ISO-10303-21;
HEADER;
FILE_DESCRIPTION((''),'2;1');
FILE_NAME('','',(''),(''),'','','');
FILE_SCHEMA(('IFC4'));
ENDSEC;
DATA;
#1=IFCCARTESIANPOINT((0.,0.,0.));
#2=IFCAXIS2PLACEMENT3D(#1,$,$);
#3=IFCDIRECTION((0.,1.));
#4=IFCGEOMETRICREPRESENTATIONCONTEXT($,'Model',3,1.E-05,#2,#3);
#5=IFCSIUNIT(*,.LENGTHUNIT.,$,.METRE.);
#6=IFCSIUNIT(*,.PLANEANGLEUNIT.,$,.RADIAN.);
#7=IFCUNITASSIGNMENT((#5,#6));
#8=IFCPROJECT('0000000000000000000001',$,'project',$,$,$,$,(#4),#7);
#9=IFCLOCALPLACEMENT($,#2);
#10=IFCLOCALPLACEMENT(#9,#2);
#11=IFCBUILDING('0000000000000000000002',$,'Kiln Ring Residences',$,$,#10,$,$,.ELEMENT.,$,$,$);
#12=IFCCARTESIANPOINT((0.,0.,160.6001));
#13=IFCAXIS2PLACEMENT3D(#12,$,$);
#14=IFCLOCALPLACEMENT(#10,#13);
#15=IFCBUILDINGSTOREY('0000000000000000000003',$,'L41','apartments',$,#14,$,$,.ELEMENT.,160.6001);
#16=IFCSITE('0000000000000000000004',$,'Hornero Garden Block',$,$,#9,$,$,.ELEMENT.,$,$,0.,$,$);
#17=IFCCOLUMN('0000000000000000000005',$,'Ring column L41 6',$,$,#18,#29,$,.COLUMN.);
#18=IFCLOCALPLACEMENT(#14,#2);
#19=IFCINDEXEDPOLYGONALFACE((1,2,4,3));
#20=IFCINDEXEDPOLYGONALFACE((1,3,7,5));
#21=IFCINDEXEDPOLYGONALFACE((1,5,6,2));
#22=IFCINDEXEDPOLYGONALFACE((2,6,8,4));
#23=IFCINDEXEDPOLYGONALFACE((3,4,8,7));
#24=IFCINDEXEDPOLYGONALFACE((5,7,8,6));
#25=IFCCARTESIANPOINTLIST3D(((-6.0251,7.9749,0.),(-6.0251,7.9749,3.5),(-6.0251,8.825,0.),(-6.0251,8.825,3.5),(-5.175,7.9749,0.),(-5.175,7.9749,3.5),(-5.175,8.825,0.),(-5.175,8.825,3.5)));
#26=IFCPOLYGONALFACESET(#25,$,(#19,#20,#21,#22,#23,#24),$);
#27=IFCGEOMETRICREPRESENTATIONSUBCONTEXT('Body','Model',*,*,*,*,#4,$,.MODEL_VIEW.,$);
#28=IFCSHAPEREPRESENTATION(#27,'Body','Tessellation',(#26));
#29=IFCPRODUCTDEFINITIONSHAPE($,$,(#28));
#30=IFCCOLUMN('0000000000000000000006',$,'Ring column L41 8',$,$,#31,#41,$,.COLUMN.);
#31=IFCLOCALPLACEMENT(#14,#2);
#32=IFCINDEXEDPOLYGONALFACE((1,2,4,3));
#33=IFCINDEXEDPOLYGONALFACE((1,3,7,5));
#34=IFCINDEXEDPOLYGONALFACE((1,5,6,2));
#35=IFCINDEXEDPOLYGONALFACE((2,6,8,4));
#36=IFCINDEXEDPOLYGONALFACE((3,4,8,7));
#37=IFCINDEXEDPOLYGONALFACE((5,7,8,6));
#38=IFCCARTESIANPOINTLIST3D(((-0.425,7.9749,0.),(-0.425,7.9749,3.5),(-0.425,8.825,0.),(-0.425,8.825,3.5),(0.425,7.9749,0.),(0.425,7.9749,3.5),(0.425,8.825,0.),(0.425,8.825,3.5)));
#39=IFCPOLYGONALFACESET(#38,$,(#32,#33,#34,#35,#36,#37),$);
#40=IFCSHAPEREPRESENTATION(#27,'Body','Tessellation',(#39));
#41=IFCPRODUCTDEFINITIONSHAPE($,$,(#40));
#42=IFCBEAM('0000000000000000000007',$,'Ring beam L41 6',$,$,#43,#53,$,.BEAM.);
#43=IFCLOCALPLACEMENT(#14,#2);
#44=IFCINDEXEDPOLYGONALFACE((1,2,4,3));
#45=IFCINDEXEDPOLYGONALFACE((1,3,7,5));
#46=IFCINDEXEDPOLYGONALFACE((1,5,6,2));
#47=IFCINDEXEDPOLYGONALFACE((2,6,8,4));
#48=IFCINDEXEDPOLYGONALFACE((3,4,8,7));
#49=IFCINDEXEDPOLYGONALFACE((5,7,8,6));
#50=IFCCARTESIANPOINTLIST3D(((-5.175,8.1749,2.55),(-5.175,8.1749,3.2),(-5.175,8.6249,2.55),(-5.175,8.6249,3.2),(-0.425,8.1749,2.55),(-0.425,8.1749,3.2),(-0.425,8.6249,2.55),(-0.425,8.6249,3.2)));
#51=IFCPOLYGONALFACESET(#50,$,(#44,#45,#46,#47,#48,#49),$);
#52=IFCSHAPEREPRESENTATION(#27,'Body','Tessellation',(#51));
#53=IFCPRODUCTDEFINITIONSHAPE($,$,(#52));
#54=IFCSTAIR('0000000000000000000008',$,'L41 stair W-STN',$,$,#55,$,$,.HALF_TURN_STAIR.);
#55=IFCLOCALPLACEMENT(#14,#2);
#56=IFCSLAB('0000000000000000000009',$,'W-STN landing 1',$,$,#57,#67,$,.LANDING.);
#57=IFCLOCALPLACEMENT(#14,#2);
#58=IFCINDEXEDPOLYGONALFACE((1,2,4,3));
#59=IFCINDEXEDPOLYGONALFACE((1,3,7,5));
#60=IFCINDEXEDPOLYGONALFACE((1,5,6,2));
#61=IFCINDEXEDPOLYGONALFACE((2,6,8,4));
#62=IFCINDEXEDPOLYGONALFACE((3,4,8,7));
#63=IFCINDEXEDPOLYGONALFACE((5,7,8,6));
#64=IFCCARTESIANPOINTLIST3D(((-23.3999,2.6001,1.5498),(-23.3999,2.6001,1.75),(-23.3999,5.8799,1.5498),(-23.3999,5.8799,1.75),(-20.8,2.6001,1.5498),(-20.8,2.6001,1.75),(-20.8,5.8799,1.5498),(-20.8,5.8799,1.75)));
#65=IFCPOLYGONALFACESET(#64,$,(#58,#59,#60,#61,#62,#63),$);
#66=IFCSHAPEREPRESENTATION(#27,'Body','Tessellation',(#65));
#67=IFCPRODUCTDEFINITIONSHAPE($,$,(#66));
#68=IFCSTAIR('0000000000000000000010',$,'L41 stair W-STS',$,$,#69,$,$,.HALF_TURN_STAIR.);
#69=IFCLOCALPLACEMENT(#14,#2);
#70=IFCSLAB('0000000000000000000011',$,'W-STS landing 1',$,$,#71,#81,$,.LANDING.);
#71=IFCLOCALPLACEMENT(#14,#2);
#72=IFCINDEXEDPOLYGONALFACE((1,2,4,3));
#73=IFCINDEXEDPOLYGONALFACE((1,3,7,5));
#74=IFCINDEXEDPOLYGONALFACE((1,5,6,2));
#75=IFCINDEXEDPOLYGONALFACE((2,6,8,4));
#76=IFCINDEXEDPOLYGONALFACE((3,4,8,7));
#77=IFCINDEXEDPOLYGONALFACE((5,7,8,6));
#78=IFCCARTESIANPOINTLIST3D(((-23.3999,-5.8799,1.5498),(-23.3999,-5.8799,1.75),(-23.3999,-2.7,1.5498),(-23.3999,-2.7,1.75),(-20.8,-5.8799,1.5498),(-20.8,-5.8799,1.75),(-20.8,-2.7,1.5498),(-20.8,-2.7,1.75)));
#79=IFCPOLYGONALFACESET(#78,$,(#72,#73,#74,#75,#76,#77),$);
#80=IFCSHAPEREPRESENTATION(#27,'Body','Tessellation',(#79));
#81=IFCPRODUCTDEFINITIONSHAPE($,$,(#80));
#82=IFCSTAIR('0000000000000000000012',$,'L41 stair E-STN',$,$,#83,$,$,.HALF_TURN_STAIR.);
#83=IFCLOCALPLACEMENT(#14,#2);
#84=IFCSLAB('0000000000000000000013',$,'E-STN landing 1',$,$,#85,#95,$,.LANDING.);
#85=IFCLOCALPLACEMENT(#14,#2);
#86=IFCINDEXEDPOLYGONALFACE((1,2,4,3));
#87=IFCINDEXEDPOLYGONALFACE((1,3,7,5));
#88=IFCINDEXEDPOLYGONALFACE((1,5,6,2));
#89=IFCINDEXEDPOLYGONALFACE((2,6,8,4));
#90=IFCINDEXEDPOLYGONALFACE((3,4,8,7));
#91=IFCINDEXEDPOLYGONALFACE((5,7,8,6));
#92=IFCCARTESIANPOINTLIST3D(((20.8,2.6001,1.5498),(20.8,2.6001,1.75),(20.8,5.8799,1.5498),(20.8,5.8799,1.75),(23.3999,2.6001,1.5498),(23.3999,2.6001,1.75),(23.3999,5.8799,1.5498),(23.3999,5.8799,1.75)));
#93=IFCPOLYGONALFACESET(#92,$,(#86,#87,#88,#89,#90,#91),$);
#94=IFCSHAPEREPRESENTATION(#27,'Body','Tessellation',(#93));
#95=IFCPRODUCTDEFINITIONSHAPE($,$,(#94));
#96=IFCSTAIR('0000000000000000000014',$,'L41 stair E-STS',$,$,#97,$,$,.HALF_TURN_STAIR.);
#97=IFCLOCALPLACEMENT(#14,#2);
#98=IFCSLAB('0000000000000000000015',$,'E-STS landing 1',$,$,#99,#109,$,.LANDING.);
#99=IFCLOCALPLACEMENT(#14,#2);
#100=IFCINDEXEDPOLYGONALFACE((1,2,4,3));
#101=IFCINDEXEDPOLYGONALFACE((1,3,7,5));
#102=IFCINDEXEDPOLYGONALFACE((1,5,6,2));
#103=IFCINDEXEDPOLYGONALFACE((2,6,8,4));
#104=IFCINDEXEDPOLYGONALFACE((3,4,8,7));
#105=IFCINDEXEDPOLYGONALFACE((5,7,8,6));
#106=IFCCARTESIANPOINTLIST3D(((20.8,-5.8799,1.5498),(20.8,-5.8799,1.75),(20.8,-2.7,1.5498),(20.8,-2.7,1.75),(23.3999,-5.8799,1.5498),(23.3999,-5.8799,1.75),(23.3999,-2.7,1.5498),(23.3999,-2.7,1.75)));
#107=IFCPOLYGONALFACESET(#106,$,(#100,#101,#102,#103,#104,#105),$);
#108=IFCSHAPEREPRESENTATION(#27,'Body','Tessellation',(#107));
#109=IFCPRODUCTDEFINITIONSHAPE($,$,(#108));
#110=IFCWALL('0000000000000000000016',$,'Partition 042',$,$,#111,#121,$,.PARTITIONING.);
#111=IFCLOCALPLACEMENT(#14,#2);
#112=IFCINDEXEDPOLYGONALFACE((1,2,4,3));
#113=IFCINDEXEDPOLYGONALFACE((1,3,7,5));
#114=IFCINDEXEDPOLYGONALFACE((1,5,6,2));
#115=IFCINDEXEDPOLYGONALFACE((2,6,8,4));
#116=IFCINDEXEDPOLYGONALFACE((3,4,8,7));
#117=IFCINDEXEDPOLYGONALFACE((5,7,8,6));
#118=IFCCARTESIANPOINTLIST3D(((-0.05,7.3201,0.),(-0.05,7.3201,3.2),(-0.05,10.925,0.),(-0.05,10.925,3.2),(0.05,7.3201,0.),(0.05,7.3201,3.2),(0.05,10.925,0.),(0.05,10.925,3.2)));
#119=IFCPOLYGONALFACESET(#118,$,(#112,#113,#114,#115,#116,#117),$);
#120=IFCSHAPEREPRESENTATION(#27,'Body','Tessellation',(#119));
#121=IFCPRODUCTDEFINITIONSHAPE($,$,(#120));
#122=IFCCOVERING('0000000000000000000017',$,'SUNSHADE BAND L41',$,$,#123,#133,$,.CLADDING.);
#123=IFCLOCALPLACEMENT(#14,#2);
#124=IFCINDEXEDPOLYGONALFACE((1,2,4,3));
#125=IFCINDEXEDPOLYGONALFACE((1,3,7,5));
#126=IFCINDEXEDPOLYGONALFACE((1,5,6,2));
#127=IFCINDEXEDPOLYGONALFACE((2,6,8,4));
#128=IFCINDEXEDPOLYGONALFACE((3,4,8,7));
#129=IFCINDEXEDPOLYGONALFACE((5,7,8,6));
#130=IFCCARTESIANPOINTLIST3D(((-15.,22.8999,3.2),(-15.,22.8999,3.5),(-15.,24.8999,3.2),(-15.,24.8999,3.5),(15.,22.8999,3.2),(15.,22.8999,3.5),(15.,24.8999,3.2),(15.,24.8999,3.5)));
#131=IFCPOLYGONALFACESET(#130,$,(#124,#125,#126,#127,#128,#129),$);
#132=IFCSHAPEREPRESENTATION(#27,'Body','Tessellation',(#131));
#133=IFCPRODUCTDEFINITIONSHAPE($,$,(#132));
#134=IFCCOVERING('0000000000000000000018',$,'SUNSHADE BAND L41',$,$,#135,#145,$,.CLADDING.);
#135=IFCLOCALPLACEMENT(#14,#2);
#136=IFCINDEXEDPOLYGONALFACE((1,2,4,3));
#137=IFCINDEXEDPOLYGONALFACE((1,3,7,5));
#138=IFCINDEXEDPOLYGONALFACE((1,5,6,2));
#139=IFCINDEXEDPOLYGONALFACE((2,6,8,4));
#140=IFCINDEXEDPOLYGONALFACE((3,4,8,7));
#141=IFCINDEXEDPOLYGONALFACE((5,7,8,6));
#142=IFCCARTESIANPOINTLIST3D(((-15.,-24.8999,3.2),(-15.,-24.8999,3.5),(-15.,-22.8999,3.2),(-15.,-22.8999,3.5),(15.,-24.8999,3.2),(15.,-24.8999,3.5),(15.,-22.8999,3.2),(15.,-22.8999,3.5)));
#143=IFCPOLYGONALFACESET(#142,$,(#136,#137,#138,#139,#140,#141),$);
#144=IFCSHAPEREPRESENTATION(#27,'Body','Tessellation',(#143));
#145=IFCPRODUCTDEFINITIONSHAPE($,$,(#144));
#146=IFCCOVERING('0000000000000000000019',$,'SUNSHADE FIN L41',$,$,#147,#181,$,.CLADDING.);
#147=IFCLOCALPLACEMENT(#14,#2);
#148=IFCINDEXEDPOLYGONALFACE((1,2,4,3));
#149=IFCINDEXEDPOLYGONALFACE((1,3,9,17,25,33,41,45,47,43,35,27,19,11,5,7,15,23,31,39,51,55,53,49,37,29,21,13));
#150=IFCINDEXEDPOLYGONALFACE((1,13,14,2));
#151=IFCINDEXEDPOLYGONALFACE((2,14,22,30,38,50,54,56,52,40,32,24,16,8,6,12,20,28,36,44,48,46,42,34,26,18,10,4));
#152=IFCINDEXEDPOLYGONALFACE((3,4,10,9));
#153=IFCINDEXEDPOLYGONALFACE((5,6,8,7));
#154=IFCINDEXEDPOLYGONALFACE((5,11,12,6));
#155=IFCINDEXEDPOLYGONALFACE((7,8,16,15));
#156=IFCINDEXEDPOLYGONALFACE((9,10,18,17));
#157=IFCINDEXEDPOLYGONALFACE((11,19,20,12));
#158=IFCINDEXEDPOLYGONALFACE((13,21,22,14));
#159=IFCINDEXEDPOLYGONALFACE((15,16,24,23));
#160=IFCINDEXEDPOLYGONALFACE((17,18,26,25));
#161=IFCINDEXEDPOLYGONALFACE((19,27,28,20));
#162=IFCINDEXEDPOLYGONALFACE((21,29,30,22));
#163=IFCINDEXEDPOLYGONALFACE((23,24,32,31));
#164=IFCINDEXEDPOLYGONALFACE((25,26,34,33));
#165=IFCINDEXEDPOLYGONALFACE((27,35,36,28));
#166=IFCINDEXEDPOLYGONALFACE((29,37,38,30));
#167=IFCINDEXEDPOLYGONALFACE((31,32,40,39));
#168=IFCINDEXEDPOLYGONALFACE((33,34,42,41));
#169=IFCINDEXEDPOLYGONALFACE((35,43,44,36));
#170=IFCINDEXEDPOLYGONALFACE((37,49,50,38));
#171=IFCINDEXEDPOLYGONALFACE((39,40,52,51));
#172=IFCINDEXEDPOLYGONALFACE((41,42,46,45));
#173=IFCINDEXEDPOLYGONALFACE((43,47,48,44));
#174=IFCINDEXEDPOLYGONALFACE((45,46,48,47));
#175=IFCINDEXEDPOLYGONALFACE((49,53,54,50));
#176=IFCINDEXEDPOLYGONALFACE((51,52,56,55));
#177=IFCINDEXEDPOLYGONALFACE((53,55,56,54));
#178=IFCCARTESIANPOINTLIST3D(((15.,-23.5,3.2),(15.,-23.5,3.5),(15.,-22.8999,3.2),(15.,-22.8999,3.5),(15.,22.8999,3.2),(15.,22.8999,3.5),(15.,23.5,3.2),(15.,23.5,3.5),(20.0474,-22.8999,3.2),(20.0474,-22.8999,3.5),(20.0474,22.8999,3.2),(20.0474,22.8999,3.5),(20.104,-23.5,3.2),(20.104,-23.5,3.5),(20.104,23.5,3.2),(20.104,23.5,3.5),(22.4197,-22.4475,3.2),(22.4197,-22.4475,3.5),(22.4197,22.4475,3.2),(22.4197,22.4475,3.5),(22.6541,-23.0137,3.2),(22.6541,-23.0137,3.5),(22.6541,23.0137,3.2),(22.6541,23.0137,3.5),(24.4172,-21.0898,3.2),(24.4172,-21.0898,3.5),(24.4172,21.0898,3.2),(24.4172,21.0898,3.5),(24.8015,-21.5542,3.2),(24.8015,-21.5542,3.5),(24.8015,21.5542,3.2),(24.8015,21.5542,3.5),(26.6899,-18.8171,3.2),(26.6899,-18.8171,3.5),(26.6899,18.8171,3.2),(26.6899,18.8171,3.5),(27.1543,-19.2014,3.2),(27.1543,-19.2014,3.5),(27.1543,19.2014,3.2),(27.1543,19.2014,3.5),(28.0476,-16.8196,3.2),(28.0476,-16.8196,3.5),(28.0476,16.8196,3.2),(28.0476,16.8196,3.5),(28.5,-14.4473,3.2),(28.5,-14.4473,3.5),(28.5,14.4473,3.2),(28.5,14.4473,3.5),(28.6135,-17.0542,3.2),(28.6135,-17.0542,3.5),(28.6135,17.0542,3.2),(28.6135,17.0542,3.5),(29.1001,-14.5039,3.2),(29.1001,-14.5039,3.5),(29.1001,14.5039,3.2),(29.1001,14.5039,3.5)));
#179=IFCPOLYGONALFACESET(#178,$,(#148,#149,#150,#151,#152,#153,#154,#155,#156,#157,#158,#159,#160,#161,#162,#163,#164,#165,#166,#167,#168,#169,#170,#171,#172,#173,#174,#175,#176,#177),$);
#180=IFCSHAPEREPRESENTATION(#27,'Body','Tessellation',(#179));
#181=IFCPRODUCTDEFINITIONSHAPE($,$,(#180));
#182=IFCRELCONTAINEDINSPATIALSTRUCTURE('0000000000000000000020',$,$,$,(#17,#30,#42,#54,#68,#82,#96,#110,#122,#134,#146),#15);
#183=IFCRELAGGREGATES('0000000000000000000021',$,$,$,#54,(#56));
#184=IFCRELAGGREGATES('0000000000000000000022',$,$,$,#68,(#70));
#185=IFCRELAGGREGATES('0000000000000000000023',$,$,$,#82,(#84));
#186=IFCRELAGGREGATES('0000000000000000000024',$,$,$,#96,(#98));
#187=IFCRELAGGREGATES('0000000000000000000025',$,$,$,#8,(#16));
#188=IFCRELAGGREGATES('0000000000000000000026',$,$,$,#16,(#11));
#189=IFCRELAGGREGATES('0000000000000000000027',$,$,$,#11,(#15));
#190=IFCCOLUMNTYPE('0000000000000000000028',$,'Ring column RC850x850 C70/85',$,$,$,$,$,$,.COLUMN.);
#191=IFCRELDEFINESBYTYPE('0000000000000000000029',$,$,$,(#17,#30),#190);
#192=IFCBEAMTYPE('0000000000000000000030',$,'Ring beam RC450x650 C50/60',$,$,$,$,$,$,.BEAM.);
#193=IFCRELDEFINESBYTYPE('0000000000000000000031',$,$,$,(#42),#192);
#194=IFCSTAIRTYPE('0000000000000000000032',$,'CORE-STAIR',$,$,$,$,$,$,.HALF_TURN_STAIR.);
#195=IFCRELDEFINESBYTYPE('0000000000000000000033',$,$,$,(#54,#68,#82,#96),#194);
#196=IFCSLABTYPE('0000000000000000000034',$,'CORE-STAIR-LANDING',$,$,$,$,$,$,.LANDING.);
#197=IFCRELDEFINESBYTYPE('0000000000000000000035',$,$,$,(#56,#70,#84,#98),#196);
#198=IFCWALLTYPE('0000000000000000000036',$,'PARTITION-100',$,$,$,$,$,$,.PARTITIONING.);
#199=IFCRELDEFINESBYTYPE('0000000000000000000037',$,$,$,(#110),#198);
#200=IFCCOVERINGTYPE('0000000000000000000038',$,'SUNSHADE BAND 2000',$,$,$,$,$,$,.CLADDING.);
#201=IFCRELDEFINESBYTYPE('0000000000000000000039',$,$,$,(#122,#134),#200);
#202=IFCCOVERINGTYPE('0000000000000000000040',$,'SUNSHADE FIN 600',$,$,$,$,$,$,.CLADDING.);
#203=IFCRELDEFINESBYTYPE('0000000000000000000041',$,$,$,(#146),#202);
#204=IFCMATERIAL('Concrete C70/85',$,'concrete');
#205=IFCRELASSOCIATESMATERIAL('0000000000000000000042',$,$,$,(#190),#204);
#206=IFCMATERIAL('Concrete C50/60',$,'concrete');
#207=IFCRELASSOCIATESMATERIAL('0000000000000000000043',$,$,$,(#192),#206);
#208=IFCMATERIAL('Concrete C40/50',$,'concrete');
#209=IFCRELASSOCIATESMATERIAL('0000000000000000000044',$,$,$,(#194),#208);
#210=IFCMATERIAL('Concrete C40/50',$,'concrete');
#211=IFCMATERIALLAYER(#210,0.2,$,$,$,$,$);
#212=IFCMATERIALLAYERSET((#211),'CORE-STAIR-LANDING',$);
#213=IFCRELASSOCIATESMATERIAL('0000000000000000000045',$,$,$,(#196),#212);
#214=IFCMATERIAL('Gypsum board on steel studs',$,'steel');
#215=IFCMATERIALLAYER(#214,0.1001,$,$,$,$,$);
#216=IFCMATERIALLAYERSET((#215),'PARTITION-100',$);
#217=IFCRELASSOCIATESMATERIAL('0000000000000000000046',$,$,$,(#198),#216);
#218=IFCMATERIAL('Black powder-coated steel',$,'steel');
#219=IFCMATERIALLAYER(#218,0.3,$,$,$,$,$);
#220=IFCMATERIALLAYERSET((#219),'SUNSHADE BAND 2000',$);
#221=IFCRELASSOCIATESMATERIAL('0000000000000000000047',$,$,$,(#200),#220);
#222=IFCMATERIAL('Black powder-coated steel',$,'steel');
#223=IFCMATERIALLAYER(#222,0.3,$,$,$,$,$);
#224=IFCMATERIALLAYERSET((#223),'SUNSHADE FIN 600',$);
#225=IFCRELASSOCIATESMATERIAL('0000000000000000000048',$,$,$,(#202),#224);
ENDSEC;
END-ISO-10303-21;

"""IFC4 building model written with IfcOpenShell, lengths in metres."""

from ifc_helpers import new_model, si_unit, direction, frame, frame_2d, origin, origin_2d, place, context, subcontext, project, spatial, polyline, rectangle, outline, extrude, material, layer, layer_set, material_profile, profile_set, type_object, element, aggregate, save


model = new_model("IFC4")

# Units and contexts
model_context = context("Model", 3, precision=1e-05, world=origin(), true_north=direction((0.0, 1.0)))
body_context = subcontext(model_context, "Body", "Model", "MODEL_VIEW")
ifc_project = project(units=[si_unit("LENGTHUNIT", "METRE"), si_unit("PLANEANGLEUNIT", "RADIAN")], contexts=[model_context])

# Site, building, storey
site_placement = place(None, origin())
site = spatial("IfcSite", under=ifc_project, at=site_placement, Name="Hornero Garden Block", CompositionType="ELEMENT", RefElevation=0.0)
building_placement = place(site_placement, origin())
building = spatial("IfcBuilding", under=site, at=building_placement, Name="Kiln Ring Residences", CompositionType="ELEMENT")
storey_placement = place(building_placement, frame((0.0, 0.0, 160.6001)))
storey = spatial("IfcBuildingStorey", under=building, at=storey_placement, Name="L41", Description="apartments", CompositionType="ELEMENT", Elevation=160.6001)

# Columns
ifc_material_1 = material(Name="Concrete C70/85", Category="concrete")
ifc_material_profile_1 = material_profile(ifc_material_1, rectangle(XDim=0.8501, YDim=0.8501, at=origin_2d()), Name="RC850x850")
ifc_profile_set_1 = profile_set([ifc_material_profile_1], Name="Concrete C70/85")
column_type = type_object("IfcColumnType", Name="Ring column RC850x850 C70/85", PredefinedType="COLUMN", material=ifc_profile_set_1)
for number, where, z_axis, x_axis, name in (
    (1, (-5.6001, 8.3999, 0.0), (0.0, 0.0, 1.0), (1.0, 0.0, 0.0), "Ring column L41 6"),
    (2, (0.0, 8.3999, 0.0), (0.0, 0.0, 1.0), (1.0, 0.0, 0.0), "Ring column L41 8"),
):
    element("IfcColumn", number, at=place(storey_placement, frame(where, z_axis=z_axis, x_axis=x_axis)), inside=storey, type_object=column_type, Name=name, PredefinedType="COLUMN", context=body_context, shape_type="SweptSolid", body=[
        extrude(rectangle(XDim=0.8501, YDim=0.8501, at=origin_2d()), origin(), (0.0, 0.0, 1.0), 3.5),
    ])

# Beam
ifc_material_2 = material(Name="Concrete C50/60", Category="concrete")
ifc_material_profile_2 = material_profile(ifc_material_2, rectangle(XDim=0.45, YDim=0.6499, at=origin_2d()), Name="RC450x650")
ifc_profile_set_2 = profile_set([ifc_material_profile_2], Name="Concrete C50/60")
beam_type = type_object("IfcBeamType", Name="Ring beam RC450x650 C50/60", PredefinedType="BEAM", material=ifc_profile_set_2)
beam_placement = place(storey_placement, frame((-5.175, 8.3999, 2.875), z_axis=(1.0, 0.0, 0.0), x_axis=(0.0, 1.0, 0.0)))
element("IfcBeam", 3, at=beam_placement, inside=storey, type_object=beam_type, Name="Ring beam L41 6", PredefinedType="BEAM", context=body_context, shape_type="SweptSolid", body=[
    extrude(rectangle(XDim=0.45, YDim=0.6499, at=origin_2d()), origin(), (0.0, 0.0, 1.0), 4.75),
])

# Stairs, slabs
ifc_material_3 = material(Name="Concrete C40/50", Category="concrete")
stair_type = type_object("IfcStairType", Name="CORE-STAIR", PredefinedType="HALF_TURN_STAIR", material=ifc_material_3)
placement_1 = place(storey_placement, origin())
stair_1 = element("IfcStair", 4, at=placement_1, inside=storey, type_object=stair_type, Name="L41 stair W-STN", PredefinedType="HALF_TURN_STAIR")
ifc_material_4 = material(Name="Concrete C40/50", Category="concrete")
ifc_layer_1 = layer(ifc_material_4, 0.2)
ifc_layer_set_1 = layer_set([ifc_layer_1], Name="CORE-STAIR-LANDING")
slab_type = type_object("IfcSlabType", Name="CORE-STAIR-LANDING", PredefinedType="LANDING", material=ifc_layer_set_1)
placement_2 = place(storey_placement, frame((0.0, 0.0, 1.5498)))
slab_1 = element("IfcSlab", 5, at=placement_2, type_object=slab_type, Name="W-STN landing 1", PredefinedType="LANDING", context=body_context, shape_type="SweptSolid", body=[
    extrude(outline(polyline([(-23.3999, 5.8799), (-23.3999, 2.6001), (-20.8, 2.6001), (-20.8, 5.8799), (-23.3999, 5.8799)])), origin(), (0.0, 0.0, 1.0), 0.2002),
])
aggregate(stair_1, [slab_1])
stair_2 = element("IfcStair", 6, at=placement_1, inside=storey, type_object=stair_type, Name="L41 stair W-STS", PredefinedType="HALF_TURN_STAIR")
slab_2 = element("IfcSlab", 7, at=placement_2, type_object=slab_type, Name="W-STS landing 1", PredefinedType="LANDING", context=body_context, shape_type="SweptSolid", body=[
    extrude(outline(polyline([(-20.8, -5.8799), (-20.8, -2.7), (-23.3999, -2.7), (-23.3999, -5.8799), (-20.8, -5.8799)])), origin(), (0.0, 0.0, 1.0), 0.2002),
])
aggregate(stair_2, [slab_2])
stair_3 = element("IfcStair", 8, at=placement_1, inside=storey, type_object=stair_type, Name="L41 stair E-STN", PredefinedType="HALF_TURN_STAIR")
slab_3 = element("IfcSlab", 9, at=placement_2, type_object=slab_type, Name="E-STN landing 1", PredefinedType="LANDING", context=body_context, shape_type="SweptSolid", body=[
    extrude(outline(polyline([(20.8, 5.8799), (20.8, 2.6001), (23.3999, 2.6001), (23.3999, 5.8799), (20.8, 5.8799)])), origin(), (0.0, 0.0, 1.0), 0.2002),
])
aggregate(stair_3, [slab_3])
stair_4 = element("IfcStair", 10, at=placement_1, inside=storey, type_object=stair_type, Name="L41 stair E-STS", PredefinedType="HALF_TURN_STAIR")
slab_4 = element("IfcSlab", 11, at=placement_2, type_object=slab_type, Name="E-STS landing 1", PredefinedType="LANDING", context=body_context, shape_type="SweptSolid", body=[
    extrude(outline(polyline([(23.3999, -5.8799), (23.3999, -2.7), (20.8, -2.7), (20.8, -5.8799), (23.3999, -5.8799)])), origin(), (0.0, 0.0, 1.0), 0.2002),
])
aggregate(stair_4, [slab_4])

# Wall
ifc_material_5 = material(Name="Gypsum board on steel studs", Category="steel")
ifc_layer_2 = layer(ifc_material_5, 0.1001)
ifc_layer_set_2 = layer_set([ifc_layer_2], Name="PARTITION-100")
wall_type = type_object("IfcWallType", Name="PARTITION-100", PredefinedType="PARTITIONING", material=ifc_layer_set_2)
wall_placement = place(storey_placement, frame((0.0, 7.3201, 0.0), z_axis=(0.0, 0.0, 1.0), x_axis=(0.0, 1.0, 0.0)))
element("IfcWall", 12, at=wall_placement, inside=storey, type_object=wall_type, Name="Partition 042", PredefinedType="PARTITIONING", context=body_context, shape_type="SweptSolid", body=[
    extrude(rectangle(XDim=3.605, YDim=0.1001, at=frame_2d((1.8025, 0.0))), origin(), (0.0, 0.0, 1.0), 3.2),
])

# Coverings
ifc_material_6 = material(Name="Black powder-coated steel", Category="steel")
ifc_layer_3 = layer(ifc_material_6, 0.3)
ifc_layer_set_3 = layer_set([ifc_layer_3], Name="SUNSHADE BAND 2000")
covering_type_1 = type_object("IfcCoveringType", Name="SUNSHADE BAND 2000", PredefinedType="CLADDING", material=ifc_layer_set_3)
placement_3 = place(storey_placement, frame((0.0, 0.0, 3.2)))
element("IfcCovering", 13, at=placement_3, inside=storey, type_object=covering_type_1, Name="SUNSHADE BAND L41", PredefinedType="CLADDING", context=body_context, shape_type="SweptSolid", body=[
    extrude(outline(polyline([(15.0, 24.8999), (-15.0, 24.8999), (-15.0, 22.8999), (15.0, 22.8999), (15.0, 24.8999)])), origin(), (0.0, 0.0, 1.0), 0.3),
])
element("IfcCovering", 14, at=placement_3, inside=storey, type_object=covering_type_1, Name="SUNSHADE BAND L41", PredefinedType="CLADDING", context=body_context, shape_type="SweptSolid", body=[
    extrude(outline(polyline([(-15.0, -24.8999), (15.0, -24.8999), (15.0, -22.8999), (-15.0, -22.8999), (-15.0, -24.8999)])), origin(), (0.0, 0.0, 1.0), 0.3),
])
ifc_material_7 = material(Name="Black powder-coated steel", Category="steel")
ifc_layer_4 = layer(ifc_material_7, 0.3)
ifc_layer_set_4 = layer_set([ifc_layer_4], Name="SUNSHADE FIN 600")
covering_type_2 = type_object("IfcCoveringType", Name="SUNSHADE FIN 600", PredefinedType="CLADDING", material=ifc_layer_set_4)
element("IfcCovering", 15, at=placement_3, inside=storey, type_object=covering_type_2, Name="SUNSHADE FIN L41", PredefinedType="CLADDING", context=body_context, shape_type="SweptSolid", body=[
    extrude(outline(polyline([(20.104, 23.5), (15.0, 23.5), (15.0, 22.8999), (20.0474, 22.8999), (22.4197, 22.4475), (24.4172, 21.0898), (26.6899, 18.8171), (28.0476, 16.8196), (28.5, 14.4473), (28.5, -14.4473), (28.0476, -16.8196), (26.6899, -18.8171), (24.4172, -21.0898), (22.4197, -22.4475), (20.0474, -22.8999), (15.0, -22.8999), (15.0, -23.5), (20.104, -23.5), (22.6541, -23.0137), (24.8015, -21.5542), (27.1543, -19.2014), (28.6135, -17.0542), (29.1001, -14.5039), (29.1001, 14.5039), (28.6135, 17.0542), (27.1543, 19.2014), (24.8015, 21.5542), (22.6541, 23.0137), (20.104, 23.5)])), origin(), (0.0, 0.0, 1.0), 0.3),
])

save(model, "model.ifc")
